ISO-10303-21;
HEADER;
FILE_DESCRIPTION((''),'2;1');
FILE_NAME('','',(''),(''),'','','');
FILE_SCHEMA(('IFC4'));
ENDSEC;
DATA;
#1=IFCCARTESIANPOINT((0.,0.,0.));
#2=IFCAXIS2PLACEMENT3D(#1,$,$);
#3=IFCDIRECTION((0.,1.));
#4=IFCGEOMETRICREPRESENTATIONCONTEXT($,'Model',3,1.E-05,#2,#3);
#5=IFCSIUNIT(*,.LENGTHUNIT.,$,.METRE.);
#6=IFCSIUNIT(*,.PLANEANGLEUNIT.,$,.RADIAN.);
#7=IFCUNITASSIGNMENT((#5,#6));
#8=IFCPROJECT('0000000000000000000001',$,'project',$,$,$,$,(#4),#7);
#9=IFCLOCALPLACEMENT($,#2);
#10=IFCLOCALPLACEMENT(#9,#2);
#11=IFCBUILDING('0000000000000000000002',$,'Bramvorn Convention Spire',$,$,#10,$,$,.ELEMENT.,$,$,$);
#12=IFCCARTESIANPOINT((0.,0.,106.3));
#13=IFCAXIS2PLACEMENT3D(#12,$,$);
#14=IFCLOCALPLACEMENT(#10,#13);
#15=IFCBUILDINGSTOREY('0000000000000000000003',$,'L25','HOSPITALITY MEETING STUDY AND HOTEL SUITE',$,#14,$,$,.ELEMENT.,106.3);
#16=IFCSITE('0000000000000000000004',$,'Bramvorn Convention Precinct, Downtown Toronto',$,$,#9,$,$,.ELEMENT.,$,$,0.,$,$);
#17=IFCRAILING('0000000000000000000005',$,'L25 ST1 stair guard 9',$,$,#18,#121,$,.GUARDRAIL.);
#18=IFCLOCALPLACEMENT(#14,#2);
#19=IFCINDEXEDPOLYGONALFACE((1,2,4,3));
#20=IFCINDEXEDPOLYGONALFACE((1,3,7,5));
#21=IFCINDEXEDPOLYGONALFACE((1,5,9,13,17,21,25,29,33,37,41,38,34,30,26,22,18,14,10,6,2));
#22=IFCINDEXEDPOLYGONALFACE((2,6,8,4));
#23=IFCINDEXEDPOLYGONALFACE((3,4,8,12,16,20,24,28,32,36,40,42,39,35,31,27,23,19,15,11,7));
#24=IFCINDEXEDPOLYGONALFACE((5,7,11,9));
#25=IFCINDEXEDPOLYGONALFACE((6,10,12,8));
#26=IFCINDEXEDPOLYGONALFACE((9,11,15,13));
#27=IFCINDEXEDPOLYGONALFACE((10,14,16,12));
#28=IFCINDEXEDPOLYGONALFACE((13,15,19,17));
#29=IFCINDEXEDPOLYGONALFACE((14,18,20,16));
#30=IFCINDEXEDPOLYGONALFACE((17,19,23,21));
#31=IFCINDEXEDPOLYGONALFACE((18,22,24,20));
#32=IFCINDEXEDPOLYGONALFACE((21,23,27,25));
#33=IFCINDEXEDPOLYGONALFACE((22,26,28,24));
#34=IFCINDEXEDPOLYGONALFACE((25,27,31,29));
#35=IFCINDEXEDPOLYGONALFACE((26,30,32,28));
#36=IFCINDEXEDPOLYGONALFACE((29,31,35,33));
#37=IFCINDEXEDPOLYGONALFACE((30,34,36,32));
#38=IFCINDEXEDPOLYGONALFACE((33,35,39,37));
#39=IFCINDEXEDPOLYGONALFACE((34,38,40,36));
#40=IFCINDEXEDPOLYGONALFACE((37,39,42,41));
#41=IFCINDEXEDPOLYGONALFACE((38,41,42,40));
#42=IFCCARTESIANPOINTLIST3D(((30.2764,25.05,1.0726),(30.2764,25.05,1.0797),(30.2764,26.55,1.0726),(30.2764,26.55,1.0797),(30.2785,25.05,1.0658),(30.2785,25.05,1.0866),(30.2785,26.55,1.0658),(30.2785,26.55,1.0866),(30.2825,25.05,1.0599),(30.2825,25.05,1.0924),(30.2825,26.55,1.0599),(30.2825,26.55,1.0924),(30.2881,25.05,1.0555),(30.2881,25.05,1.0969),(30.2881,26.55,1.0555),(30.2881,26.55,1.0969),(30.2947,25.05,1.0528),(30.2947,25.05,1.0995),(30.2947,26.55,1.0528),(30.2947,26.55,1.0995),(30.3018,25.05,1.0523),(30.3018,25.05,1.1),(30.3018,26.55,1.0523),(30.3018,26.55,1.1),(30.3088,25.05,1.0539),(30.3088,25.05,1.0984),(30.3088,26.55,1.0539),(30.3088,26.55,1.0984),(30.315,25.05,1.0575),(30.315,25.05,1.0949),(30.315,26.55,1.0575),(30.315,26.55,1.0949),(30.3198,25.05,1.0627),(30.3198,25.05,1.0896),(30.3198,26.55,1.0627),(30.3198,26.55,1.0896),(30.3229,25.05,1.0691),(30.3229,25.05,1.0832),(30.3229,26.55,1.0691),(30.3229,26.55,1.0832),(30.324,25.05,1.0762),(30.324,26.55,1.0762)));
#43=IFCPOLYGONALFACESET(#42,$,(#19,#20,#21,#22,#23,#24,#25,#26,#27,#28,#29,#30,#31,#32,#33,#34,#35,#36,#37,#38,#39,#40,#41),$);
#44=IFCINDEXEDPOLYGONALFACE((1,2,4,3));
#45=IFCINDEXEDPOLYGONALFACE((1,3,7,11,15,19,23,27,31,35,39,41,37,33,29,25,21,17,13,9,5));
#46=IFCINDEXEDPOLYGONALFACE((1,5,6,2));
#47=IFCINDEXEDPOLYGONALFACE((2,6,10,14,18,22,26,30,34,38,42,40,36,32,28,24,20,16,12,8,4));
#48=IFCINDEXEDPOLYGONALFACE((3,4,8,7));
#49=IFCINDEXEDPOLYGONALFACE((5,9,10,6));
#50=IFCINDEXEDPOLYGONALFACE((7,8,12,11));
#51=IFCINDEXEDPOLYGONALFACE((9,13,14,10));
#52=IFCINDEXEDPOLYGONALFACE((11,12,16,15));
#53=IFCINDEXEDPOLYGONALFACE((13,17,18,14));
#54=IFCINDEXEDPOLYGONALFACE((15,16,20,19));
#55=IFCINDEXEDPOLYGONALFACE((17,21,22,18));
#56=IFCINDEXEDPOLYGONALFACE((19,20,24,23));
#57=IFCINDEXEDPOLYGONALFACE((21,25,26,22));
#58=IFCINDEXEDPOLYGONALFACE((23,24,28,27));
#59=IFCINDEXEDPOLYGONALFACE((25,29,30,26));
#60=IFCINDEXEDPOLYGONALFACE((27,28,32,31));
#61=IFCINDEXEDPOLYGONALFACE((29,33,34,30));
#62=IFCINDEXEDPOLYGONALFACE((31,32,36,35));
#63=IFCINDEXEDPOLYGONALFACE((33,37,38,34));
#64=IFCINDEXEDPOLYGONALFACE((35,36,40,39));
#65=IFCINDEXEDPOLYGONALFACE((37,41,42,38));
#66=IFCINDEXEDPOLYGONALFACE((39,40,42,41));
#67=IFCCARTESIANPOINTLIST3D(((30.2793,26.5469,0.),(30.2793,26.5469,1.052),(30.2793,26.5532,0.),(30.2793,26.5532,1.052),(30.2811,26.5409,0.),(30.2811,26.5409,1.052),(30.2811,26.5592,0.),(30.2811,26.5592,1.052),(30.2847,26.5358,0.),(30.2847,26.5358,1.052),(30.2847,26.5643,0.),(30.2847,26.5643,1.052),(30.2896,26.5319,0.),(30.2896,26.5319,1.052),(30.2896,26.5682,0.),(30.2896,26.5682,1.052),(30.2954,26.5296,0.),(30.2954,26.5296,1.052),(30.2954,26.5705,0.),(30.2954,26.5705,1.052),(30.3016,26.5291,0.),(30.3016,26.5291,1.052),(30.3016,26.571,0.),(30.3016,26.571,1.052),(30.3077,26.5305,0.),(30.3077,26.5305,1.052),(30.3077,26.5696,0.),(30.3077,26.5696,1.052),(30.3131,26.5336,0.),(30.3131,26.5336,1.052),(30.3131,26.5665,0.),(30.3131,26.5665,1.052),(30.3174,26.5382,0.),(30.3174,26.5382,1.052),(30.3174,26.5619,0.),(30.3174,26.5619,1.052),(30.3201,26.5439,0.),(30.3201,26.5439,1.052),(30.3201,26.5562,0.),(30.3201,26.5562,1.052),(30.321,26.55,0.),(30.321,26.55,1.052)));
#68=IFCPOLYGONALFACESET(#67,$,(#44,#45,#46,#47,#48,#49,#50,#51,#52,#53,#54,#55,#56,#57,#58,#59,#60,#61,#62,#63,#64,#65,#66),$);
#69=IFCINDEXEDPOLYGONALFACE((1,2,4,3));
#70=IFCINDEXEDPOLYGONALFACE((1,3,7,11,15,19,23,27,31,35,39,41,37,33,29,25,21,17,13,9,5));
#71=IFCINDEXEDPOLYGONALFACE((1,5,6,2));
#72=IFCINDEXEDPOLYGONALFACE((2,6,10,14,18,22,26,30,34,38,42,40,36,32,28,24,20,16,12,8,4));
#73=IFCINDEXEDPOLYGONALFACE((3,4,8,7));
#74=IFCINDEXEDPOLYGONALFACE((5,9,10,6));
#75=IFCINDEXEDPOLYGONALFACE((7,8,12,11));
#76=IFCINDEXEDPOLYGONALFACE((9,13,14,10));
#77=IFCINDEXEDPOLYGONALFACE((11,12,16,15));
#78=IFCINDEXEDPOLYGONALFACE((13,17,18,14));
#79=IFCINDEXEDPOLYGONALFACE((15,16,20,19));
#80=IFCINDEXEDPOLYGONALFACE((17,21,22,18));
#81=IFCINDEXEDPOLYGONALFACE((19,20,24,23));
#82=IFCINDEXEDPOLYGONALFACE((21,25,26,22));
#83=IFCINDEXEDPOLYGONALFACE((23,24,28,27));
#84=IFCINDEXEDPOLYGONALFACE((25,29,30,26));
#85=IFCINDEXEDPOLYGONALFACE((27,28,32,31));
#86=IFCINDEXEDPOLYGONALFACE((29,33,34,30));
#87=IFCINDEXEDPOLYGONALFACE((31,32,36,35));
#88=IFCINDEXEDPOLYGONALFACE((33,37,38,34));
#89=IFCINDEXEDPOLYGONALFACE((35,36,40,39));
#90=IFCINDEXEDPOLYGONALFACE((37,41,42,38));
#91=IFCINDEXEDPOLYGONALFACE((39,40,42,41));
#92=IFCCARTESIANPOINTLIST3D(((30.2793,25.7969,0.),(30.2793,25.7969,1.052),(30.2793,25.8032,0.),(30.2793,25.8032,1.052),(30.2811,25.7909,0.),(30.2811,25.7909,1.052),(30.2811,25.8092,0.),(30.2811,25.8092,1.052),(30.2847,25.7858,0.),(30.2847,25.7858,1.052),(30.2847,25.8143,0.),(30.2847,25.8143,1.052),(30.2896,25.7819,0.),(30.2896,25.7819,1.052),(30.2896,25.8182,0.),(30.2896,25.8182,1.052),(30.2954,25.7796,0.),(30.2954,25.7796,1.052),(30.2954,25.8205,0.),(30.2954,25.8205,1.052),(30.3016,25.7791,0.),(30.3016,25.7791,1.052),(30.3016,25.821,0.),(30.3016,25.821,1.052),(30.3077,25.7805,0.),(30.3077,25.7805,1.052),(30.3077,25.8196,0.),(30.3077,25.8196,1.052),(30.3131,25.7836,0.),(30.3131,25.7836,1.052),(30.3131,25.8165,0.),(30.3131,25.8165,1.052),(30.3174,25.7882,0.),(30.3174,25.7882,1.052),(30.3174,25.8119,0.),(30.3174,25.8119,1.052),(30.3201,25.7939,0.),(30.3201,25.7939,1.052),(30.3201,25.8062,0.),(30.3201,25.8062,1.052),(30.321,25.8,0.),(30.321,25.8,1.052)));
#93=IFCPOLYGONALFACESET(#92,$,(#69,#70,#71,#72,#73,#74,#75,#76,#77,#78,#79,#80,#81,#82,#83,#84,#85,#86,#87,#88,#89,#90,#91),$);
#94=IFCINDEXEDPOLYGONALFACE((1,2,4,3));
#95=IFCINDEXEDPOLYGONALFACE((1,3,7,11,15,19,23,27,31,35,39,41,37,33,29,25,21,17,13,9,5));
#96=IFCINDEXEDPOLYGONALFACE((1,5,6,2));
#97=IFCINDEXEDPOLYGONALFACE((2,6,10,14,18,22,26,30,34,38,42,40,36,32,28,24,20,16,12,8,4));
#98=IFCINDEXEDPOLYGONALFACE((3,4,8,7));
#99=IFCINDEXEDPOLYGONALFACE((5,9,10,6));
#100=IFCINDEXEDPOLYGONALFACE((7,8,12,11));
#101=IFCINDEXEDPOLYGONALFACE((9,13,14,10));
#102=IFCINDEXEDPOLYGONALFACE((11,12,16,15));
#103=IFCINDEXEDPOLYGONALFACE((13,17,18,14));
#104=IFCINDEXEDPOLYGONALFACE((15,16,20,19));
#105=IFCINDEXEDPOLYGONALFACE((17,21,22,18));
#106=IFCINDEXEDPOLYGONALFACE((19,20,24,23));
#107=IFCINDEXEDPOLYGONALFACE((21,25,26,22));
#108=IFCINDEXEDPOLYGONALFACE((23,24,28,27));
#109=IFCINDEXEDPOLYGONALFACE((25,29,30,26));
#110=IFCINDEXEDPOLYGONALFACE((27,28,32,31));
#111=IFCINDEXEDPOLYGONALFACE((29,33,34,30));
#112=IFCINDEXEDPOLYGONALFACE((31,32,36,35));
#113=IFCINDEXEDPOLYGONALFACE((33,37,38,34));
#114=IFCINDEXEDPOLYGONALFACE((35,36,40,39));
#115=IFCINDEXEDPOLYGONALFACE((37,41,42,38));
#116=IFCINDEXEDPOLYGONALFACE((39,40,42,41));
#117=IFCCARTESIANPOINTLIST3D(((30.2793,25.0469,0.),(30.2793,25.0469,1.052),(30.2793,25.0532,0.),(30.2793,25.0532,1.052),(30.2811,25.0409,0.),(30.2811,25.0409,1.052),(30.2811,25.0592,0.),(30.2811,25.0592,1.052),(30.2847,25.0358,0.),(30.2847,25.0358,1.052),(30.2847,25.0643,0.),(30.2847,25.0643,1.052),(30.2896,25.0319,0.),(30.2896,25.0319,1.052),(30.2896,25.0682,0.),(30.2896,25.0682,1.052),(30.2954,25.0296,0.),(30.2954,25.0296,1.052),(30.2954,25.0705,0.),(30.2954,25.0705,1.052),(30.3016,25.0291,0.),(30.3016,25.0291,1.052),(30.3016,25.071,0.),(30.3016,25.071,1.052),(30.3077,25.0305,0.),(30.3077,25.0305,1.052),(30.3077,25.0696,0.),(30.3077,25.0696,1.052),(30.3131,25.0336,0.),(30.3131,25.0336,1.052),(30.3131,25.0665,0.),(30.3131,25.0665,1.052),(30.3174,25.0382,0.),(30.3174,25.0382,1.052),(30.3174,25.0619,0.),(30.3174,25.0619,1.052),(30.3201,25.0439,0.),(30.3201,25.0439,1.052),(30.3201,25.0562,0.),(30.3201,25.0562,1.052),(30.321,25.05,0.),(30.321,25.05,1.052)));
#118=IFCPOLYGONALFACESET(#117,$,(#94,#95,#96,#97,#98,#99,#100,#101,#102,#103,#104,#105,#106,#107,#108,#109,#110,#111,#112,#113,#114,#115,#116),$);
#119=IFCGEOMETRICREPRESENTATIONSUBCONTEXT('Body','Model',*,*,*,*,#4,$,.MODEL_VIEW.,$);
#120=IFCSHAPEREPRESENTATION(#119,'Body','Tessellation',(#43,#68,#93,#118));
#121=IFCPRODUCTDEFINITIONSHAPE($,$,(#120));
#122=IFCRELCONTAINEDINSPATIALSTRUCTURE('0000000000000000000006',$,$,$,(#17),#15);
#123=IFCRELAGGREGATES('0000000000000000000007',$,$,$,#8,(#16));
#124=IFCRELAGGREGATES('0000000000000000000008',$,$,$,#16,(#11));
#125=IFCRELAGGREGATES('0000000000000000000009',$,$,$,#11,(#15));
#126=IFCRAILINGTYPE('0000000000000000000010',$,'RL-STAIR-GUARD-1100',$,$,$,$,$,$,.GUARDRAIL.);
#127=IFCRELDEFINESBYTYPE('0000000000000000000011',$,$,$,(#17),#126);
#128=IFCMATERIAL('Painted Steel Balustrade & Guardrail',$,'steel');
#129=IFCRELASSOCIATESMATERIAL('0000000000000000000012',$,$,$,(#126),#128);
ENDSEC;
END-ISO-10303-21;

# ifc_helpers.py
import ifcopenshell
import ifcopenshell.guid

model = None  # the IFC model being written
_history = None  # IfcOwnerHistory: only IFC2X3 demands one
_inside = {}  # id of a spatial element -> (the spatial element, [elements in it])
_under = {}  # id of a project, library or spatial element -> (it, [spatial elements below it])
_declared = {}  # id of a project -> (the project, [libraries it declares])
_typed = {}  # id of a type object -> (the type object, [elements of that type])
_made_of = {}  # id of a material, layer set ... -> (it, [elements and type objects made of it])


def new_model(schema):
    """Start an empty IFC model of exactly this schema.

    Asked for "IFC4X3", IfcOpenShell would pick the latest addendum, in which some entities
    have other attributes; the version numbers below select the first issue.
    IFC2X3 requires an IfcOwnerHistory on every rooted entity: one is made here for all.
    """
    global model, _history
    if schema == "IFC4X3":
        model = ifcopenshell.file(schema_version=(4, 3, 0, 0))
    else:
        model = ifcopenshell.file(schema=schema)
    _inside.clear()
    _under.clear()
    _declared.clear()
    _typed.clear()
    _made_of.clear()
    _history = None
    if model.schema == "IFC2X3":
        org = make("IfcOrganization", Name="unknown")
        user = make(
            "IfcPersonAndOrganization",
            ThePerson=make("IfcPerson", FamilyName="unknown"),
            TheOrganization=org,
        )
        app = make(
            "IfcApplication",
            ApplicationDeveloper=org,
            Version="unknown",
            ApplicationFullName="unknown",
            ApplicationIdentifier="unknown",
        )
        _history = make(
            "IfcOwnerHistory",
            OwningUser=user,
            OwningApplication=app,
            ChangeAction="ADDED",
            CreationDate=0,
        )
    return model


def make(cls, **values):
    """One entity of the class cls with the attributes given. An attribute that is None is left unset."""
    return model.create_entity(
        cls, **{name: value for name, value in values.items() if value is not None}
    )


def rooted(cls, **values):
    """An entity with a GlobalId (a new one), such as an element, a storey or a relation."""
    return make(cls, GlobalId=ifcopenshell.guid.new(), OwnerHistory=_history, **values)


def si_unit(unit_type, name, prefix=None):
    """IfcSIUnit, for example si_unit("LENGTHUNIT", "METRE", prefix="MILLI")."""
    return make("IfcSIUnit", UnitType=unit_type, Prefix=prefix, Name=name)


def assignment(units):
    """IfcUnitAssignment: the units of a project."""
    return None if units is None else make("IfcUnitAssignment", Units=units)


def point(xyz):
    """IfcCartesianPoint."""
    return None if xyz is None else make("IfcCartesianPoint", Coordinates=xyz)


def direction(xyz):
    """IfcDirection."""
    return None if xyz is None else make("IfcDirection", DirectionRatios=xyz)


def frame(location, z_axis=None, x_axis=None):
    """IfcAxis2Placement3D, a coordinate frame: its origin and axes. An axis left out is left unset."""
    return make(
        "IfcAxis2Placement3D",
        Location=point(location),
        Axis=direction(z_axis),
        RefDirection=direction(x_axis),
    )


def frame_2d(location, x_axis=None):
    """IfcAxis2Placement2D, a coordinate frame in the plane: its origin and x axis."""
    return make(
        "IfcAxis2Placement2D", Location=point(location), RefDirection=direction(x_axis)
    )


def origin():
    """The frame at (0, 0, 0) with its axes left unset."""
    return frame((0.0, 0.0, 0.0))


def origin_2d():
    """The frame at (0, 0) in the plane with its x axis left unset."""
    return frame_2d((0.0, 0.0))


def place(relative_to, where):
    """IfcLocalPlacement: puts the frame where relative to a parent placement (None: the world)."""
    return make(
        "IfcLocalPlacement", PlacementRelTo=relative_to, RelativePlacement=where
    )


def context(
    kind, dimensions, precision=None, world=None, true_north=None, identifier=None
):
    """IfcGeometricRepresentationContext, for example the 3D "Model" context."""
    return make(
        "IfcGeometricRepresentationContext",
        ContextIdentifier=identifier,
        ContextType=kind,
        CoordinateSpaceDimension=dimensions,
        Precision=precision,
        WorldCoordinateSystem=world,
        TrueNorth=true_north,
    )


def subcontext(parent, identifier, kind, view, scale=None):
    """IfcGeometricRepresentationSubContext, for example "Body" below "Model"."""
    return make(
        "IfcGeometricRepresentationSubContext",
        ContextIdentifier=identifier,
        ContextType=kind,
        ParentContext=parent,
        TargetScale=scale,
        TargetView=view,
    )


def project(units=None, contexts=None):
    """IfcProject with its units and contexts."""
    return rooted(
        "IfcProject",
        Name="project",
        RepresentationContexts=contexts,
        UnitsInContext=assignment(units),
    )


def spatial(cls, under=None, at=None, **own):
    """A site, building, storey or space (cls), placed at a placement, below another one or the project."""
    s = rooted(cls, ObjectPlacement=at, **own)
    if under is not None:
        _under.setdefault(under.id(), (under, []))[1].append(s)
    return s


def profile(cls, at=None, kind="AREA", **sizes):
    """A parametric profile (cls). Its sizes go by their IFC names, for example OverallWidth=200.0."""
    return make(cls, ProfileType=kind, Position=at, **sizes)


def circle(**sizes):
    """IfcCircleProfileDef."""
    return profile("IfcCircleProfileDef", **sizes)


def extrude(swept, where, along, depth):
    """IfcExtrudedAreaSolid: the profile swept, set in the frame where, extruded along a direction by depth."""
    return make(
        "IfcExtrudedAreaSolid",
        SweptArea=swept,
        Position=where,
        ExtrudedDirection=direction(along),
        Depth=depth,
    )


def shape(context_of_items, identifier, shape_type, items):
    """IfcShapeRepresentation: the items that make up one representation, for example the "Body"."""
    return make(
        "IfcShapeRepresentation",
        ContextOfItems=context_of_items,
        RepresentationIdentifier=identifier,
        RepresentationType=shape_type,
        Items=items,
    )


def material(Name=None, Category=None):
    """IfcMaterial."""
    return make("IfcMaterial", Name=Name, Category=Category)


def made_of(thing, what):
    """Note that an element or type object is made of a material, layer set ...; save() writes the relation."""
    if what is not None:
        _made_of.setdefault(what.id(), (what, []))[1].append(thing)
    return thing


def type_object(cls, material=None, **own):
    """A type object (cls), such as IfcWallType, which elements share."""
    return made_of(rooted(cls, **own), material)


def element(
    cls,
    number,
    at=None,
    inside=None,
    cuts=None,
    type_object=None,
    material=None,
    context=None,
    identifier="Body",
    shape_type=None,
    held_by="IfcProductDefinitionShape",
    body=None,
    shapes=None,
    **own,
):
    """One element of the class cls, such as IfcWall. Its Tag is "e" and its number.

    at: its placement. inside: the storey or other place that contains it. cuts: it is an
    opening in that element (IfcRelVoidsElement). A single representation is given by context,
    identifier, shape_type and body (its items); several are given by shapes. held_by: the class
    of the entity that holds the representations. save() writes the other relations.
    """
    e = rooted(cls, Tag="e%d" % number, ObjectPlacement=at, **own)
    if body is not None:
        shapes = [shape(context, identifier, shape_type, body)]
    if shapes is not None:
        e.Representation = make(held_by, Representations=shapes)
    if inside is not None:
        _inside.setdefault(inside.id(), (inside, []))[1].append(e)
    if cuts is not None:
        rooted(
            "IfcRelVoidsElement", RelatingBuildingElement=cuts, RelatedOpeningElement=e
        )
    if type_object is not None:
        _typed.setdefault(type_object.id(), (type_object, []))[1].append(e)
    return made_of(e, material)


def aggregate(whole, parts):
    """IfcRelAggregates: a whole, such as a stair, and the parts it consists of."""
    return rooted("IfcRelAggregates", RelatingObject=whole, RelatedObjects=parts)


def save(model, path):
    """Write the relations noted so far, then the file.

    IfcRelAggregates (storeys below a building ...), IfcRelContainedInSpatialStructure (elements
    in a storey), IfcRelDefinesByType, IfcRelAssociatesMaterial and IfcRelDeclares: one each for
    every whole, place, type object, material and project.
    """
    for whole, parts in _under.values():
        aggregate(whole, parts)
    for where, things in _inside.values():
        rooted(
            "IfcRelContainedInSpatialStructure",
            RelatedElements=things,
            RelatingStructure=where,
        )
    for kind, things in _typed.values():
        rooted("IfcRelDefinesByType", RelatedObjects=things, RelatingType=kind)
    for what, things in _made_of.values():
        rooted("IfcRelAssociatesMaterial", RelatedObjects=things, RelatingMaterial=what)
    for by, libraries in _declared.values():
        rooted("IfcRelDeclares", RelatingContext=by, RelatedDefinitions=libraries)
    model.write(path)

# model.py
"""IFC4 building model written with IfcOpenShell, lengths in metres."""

from ifc_helpers import new_model, si_unit, direction, frame, origin, origin_2d, place, context, subcontext, project, spatial, circle, extrude, material, type_object, element, save


model = new_model("IFC4")

# Units and contexts
model_context = context("Model", 3, precision=1e-05, world=origin(), true_north=direction((0.0, 1.0)))
body_context = subcontext(model_context, "Body", "Model", "MODEL_VIEW")
ifc_project = project(units=[si_unit("LENGTHUNIT", "METRE"), si_unit("PLANEANGLEUNIT", "RADIAN")], contexts=[model_context])

# Site, building, storey
site_placement = place(None, origin())
site = spatial("IfcSite", under=ifc_project, at=site_placement, Name="Bramvorn Convention Precinct, Downtown Toronto", CompositionType="ELEMENT", RefElevation=0.0)
building_placement = place(site_placement, origin())
building = spatial("IfcBuilding", under=site, at=building_placement, Name="Bramvorn Convention Spire", CompositionType="ELEMENT")
storey_placement = place(building_placement, frame((0.0, 0.0, 106.3)))
storey = spatial("IfcBuildingStorey", under=building, at=storey_placement, Name="L25", Description="HOSPITALITY MEETING STUDY AND HOTEL SUITE", CompositionType="ELEMENT", Elevation=106.3)

# Railing
ifc_material_1 = material(Name="Painted Steel Balustrade & Guardrail", Category="steel")
railing_type_1 = type_object("IfcRailingType", Name="RL-STAIR-GUARD-1100", PredefinedType="GUARDRAIL", material=ifc_material_1)
for number, where, name in (
    (1, (30.3, 26.55, 0.0), "L25 ST1 stair guard 9"),
):
    element("IfcRailing", number, at=place(storey_placement, frame(where)), inside=storey, type_object=railing_type_1, Name=name, PredefinedType="GUARDRAIL", context=body_context, shape_type="SweptSolid", body=[
        extrude(circle(Radius=0.0239, at=origin_2d()), frame((0.0, 0.0, 1.0762), z_axis=(0.0, -1.0, 0.0), x_axis=(1.0, 0.0, 0.0)), (0.0, 0.0, 1.0), 1.5),
        extrude(circle(Radius=0.021, at=origin_2d()), origin(), (0.0, 0.0, 1.0), 1.052),
        extrude(circle(Radius=0.021, at=origin_2d()), frame((0.0, -0.75, 0.0)), (0.0, 0.0, 1.0), 1.052),
        extrude(circle(Radius=0.021, at=origin_2d()), frame((0.0, -1.5, 0.0)), (0.0, 0.0, 1.0), 1.052),
    ])

save(model, "model.ifc")
